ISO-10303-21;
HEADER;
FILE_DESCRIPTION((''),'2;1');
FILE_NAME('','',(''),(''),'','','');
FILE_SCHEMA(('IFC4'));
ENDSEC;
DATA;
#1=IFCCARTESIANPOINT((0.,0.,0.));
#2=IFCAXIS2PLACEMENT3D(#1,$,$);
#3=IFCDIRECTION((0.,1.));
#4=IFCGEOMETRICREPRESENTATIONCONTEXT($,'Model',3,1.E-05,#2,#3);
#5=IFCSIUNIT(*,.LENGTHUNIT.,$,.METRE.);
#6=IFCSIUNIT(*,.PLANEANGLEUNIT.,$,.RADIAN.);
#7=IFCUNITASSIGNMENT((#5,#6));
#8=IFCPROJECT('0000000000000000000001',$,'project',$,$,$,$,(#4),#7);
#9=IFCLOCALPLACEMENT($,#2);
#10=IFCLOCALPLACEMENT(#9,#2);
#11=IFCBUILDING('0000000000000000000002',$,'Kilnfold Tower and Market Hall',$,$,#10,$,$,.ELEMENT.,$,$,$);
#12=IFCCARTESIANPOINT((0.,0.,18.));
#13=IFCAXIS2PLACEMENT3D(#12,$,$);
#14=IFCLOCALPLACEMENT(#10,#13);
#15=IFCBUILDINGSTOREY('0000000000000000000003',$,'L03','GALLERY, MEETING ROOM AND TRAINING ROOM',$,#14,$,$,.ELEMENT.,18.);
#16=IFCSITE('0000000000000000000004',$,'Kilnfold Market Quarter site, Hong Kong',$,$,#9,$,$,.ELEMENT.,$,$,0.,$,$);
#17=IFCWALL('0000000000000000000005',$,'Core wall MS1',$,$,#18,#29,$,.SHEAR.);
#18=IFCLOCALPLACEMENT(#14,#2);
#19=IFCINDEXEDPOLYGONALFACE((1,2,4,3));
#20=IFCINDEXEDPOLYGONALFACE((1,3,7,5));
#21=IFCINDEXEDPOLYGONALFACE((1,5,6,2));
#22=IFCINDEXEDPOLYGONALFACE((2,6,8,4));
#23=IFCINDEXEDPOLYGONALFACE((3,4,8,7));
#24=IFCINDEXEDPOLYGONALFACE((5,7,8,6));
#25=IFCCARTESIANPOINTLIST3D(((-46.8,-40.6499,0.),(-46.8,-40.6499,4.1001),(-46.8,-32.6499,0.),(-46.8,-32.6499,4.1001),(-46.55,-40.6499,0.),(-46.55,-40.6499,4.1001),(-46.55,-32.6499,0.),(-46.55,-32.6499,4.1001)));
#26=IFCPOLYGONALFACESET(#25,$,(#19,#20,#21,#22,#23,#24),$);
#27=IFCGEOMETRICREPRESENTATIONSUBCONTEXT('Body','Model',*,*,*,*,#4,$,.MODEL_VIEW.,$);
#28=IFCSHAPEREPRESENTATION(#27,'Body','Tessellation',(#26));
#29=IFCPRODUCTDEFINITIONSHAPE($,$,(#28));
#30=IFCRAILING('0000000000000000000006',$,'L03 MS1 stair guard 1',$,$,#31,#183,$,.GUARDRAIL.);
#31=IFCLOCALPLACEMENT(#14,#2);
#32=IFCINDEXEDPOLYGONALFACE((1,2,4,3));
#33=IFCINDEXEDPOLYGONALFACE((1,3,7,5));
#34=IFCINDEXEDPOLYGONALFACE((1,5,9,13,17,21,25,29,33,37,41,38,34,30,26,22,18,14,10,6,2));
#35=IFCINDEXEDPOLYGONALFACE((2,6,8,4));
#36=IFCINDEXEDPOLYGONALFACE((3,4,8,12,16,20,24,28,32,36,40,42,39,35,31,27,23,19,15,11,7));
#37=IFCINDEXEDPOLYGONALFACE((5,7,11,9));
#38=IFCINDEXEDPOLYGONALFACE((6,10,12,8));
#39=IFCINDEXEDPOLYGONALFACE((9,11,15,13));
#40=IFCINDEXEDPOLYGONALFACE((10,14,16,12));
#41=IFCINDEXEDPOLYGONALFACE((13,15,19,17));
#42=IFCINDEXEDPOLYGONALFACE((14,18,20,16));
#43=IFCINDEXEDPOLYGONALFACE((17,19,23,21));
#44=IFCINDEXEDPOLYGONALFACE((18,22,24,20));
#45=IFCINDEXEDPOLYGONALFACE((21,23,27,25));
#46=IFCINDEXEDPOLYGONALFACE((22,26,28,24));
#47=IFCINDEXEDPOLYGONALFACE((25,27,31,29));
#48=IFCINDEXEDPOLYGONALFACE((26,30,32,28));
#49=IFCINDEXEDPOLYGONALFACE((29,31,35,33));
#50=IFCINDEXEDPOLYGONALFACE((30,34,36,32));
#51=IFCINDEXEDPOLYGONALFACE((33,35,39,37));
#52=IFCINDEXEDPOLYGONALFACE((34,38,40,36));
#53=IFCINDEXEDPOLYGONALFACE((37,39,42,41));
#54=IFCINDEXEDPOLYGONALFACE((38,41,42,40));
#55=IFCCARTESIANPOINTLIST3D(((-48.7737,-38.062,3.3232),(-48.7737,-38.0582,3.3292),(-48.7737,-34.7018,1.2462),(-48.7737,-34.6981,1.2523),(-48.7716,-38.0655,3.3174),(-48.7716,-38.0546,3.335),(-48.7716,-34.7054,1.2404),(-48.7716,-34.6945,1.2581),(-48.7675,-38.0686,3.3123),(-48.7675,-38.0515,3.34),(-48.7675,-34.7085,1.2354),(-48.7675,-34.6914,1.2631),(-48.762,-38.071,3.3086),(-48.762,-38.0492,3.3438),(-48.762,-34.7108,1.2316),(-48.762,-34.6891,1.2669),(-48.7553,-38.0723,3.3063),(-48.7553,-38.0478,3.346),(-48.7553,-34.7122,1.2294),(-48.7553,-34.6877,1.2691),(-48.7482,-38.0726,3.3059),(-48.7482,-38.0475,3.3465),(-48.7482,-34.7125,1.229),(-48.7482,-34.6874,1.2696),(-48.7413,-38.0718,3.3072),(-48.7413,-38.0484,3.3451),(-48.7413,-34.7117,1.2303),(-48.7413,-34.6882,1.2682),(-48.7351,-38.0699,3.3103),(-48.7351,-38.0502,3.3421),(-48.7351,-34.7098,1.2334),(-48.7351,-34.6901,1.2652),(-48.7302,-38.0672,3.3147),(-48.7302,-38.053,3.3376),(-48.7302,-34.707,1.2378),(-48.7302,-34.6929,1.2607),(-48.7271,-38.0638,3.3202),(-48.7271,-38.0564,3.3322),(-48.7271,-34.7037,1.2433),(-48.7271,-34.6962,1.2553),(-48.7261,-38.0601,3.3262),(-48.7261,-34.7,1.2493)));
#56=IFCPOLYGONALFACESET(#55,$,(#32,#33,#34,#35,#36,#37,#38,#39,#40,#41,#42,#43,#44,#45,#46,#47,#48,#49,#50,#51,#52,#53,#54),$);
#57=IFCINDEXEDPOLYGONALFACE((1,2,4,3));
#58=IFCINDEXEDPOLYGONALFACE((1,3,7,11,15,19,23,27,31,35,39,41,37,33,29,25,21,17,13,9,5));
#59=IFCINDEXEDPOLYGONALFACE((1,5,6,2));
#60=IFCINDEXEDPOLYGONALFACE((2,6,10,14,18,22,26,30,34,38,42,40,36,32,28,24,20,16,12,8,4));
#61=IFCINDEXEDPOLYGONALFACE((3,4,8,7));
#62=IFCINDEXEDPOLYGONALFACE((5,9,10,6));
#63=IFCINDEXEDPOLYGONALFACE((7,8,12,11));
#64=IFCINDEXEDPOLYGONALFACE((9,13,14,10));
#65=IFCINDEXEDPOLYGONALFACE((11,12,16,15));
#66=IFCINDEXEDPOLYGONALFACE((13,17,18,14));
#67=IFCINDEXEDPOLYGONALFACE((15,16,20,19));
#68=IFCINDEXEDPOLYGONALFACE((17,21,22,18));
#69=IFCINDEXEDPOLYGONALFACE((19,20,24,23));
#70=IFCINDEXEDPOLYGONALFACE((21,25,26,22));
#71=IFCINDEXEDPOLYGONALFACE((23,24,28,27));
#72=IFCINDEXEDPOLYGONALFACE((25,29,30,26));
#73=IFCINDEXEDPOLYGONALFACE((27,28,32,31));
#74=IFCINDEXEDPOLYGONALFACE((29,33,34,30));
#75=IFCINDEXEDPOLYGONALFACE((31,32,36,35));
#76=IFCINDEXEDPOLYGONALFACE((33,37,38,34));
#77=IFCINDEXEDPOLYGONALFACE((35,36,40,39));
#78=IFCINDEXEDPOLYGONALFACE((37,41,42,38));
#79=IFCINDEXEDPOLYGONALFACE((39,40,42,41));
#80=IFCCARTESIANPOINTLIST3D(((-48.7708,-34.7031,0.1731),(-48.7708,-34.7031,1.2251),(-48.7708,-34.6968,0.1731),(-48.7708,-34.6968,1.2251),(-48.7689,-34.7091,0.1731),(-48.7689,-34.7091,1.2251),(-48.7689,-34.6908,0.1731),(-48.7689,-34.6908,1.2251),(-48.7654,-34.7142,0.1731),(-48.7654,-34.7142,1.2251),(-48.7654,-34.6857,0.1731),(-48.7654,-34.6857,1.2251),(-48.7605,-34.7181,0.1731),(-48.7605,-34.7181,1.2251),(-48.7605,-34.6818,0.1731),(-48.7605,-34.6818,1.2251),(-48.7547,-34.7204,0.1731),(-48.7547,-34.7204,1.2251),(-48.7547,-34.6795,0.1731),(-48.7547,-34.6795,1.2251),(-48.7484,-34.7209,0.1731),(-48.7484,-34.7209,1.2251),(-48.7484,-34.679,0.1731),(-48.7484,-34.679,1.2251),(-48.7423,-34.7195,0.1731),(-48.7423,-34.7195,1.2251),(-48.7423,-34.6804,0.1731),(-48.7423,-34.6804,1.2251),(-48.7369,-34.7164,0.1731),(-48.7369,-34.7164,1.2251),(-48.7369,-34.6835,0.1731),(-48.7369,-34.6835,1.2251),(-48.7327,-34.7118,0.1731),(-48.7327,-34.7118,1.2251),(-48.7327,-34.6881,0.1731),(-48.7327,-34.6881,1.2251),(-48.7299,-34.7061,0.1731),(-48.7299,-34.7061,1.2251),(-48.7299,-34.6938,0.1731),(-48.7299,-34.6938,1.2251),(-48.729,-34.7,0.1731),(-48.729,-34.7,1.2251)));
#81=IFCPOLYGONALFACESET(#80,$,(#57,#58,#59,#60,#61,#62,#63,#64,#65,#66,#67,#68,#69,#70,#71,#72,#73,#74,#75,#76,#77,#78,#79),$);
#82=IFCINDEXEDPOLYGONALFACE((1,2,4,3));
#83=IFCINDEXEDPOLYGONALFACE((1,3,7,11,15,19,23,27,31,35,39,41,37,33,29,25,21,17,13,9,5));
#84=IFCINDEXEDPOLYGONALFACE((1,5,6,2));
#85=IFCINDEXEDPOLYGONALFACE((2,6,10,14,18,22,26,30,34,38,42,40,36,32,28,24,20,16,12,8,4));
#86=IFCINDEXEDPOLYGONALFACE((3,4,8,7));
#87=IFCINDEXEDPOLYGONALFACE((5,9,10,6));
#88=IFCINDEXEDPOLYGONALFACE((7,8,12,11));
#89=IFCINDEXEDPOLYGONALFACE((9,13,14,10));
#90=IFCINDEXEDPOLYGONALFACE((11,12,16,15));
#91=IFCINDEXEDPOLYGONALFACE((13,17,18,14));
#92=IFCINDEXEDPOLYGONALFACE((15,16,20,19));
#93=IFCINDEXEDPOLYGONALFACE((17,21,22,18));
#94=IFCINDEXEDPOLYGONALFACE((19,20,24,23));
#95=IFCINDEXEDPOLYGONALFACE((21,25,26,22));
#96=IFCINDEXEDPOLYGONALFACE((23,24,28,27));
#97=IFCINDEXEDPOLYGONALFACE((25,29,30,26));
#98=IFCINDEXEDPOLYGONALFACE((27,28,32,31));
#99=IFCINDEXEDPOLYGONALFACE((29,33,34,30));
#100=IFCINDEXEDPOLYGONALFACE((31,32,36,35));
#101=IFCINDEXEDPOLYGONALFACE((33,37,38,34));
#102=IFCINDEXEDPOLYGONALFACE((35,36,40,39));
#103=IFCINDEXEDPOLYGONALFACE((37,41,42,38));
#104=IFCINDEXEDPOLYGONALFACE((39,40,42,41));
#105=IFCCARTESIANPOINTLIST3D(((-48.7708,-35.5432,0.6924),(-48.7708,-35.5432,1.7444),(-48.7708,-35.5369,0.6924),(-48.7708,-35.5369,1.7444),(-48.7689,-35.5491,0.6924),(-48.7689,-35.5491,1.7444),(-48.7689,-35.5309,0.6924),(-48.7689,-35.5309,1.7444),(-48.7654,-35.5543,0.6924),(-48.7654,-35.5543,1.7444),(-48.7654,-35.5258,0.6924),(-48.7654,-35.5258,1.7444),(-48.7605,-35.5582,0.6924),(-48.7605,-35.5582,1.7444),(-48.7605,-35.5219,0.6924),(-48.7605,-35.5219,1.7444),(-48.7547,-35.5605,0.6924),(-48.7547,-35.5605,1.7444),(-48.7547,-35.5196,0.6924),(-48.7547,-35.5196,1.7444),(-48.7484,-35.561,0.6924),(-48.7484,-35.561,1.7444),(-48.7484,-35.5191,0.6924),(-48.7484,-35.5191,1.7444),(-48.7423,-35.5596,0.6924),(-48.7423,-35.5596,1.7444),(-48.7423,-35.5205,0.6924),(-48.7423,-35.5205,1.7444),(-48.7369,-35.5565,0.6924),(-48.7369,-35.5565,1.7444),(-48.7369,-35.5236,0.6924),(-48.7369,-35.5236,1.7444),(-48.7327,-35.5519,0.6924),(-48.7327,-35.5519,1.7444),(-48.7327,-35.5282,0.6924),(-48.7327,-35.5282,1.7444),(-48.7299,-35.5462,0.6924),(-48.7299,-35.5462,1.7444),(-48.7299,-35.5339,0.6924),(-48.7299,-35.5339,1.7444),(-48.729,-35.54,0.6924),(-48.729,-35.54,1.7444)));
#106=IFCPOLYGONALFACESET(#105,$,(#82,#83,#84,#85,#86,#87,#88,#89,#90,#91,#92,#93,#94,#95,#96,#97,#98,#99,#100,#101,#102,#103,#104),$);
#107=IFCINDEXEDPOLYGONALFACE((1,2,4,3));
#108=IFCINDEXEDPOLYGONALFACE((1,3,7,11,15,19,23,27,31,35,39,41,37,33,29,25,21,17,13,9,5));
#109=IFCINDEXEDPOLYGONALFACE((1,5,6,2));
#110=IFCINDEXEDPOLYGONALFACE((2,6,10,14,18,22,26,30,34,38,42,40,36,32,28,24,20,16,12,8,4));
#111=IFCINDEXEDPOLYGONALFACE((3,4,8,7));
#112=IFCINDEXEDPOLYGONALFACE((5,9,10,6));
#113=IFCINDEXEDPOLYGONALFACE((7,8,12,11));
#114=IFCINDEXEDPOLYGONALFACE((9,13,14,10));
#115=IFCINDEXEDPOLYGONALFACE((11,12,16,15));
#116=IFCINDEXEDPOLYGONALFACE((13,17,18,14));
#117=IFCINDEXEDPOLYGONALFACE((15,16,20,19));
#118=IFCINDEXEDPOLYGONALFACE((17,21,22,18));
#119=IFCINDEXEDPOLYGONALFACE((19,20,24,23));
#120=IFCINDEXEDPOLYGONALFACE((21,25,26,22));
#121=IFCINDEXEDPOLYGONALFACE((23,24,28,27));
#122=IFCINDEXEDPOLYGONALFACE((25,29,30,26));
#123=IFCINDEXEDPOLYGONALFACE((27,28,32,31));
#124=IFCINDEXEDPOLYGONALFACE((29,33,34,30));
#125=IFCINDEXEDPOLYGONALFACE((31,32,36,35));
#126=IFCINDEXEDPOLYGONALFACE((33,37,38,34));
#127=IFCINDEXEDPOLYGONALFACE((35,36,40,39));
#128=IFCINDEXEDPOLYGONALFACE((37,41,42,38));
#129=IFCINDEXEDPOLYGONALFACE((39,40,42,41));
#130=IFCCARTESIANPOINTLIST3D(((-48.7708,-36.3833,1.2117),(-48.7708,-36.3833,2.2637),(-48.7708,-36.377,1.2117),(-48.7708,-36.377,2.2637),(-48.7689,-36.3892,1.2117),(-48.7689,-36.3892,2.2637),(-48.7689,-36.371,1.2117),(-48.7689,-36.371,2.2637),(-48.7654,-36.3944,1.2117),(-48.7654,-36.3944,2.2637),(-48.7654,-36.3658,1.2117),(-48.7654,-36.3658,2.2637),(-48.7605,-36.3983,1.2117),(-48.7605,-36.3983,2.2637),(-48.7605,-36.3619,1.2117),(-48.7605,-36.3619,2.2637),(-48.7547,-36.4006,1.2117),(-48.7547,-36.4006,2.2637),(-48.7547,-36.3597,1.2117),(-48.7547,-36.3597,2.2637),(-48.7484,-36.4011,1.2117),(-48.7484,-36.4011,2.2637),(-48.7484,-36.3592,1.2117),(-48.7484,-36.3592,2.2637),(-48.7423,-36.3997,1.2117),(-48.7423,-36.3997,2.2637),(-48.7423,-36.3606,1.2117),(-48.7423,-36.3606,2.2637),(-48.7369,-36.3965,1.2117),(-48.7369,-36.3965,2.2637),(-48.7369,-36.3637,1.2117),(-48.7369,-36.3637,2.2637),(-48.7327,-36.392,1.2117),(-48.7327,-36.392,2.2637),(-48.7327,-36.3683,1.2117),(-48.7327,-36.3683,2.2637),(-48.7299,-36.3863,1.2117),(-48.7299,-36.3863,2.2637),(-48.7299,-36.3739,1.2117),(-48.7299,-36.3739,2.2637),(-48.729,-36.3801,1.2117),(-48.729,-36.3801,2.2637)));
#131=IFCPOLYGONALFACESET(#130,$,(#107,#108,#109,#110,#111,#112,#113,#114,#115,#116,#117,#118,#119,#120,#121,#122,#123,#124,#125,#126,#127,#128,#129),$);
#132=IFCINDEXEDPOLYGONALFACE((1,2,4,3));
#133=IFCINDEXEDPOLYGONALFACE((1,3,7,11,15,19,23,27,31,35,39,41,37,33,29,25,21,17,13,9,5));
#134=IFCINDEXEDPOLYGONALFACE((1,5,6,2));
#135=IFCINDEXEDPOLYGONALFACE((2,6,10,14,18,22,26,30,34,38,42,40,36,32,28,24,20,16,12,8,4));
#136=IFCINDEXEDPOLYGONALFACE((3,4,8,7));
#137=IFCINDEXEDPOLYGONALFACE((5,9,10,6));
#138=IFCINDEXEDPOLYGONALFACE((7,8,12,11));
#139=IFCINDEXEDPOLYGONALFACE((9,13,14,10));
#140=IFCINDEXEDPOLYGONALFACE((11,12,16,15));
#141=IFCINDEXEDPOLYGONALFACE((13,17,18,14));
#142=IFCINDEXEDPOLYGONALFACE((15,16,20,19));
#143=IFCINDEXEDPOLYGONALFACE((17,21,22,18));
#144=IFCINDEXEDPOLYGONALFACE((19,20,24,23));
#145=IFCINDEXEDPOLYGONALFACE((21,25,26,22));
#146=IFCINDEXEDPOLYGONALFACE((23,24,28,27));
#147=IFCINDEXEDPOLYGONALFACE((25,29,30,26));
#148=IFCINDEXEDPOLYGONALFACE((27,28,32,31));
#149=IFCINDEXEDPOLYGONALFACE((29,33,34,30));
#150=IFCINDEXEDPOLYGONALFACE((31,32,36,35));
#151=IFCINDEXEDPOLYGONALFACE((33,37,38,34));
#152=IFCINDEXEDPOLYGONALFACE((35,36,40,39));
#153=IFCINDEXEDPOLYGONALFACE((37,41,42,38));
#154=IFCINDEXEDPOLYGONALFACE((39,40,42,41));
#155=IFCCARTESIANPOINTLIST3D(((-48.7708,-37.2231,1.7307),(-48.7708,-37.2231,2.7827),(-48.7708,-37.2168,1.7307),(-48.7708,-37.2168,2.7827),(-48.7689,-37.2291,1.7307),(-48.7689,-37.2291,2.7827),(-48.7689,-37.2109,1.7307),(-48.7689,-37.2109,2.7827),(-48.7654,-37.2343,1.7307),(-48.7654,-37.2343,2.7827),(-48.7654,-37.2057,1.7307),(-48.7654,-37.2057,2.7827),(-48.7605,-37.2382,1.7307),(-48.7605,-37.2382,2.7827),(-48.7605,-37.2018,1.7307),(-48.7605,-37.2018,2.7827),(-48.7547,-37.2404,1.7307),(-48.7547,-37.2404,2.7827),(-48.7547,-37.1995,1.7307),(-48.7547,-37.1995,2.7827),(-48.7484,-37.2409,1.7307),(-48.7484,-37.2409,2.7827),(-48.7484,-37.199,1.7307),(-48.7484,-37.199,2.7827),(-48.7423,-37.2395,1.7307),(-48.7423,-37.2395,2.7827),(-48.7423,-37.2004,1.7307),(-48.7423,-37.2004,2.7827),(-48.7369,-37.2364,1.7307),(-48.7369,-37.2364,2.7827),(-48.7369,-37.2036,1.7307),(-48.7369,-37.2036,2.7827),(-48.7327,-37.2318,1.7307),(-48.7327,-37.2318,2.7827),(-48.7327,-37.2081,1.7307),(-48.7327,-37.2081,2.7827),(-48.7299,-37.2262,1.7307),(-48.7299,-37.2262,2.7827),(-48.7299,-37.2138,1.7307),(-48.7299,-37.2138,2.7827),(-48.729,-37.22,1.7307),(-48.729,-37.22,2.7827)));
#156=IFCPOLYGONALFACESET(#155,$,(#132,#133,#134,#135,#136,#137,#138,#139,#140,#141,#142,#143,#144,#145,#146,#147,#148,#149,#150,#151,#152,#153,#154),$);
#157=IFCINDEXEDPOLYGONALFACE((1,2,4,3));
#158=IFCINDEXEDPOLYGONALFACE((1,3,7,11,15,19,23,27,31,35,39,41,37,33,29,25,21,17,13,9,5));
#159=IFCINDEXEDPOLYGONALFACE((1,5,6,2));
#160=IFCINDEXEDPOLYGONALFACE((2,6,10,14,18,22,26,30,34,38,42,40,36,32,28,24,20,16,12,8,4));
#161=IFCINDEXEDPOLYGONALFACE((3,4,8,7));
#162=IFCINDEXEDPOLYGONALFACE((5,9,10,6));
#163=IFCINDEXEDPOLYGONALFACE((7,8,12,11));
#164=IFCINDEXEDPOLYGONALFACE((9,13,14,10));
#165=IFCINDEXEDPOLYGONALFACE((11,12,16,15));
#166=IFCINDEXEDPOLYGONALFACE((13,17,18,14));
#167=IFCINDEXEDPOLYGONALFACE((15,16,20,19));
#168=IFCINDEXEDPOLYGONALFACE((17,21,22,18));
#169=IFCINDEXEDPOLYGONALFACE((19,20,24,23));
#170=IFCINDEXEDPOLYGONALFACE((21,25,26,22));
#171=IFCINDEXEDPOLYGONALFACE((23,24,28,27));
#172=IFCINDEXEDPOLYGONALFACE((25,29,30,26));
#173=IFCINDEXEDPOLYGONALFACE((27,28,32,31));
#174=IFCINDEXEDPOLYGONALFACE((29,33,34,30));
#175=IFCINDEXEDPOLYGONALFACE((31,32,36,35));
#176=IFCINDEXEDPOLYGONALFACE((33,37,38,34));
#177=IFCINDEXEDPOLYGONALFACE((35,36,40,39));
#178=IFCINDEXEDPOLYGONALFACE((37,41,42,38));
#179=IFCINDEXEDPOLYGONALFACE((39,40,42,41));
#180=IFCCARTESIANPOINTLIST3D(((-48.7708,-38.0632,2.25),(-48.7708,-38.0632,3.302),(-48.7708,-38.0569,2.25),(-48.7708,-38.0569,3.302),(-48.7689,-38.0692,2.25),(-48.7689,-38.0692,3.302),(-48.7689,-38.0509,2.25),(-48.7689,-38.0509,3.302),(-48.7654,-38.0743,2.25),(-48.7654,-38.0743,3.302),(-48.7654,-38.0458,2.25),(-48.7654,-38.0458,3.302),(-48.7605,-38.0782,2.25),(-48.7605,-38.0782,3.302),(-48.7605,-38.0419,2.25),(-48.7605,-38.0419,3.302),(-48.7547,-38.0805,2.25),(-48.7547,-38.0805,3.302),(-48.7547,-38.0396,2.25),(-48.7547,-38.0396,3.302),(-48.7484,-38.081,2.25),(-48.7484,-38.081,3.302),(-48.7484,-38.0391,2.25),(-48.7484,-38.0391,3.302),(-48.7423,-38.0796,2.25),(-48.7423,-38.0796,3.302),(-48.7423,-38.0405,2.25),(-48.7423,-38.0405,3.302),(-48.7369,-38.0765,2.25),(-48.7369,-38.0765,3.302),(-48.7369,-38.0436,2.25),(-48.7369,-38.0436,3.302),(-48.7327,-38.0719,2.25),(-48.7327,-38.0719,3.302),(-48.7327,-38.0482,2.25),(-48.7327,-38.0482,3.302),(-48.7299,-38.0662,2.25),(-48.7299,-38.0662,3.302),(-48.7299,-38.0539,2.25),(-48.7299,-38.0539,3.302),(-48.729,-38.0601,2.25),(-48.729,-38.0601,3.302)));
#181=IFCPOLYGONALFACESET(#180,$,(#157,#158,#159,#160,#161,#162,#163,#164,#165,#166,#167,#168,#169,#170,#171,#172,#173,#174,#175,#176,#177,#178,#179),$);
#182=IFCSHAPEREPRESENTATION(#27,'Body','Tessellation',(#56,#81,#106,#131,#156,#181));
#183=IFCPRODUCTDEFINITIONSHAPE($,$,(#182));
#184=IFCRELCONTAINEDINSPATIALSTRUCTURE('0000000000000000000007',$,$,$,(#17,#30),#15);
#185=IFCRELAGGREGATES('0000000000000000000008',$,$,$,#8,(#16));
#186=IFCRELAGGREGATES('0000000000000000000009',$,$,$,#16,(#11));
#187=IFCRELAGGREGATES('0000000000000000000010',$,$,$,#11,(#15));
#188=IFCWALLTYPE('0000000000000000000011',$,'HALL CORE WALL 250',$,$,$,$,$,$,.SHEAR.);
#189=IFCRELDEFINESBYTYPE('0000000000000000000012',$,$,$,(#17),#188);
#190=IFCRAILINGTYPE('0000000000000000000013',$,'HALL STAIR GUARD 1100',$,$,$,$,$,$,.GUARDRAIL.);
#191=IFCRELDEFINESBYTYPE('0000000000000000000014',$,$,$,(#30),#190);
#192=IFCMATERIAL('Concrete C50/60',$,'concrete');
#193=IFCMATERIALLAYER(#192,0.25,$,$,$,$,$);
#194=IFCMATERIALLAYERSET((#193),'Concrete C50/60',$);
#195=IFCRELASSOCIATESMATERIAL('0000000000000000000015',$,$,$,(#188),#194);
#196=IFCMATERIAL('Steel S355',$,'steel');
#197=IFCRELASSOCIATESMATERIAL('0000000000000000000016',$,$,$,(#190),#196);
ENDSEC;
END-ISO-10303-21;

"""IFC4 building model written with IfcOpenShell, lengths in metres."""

from ifc_helpers import new_model, si_unit, direction, frame, frame_2d, origin, origin_2d, place, context, subcontext, project, spatial, rectangle, circle, extrude, source, transform, mapped, material, layer, layer_set, type_object, element, save


model = new_model("IFC4")

# Units and contexts
model_context = context("Model", 3, precision=1e-05, world=origin(), true_north=direction((0.0, 1.0)))
body_context = subcontext(model_context, "Body", "Model", "MODEL_VIEW")
ifc_project = project(units=[si_unit("LENGTHUNIT", "METRE"), si_unit("PLANEANGLEUNIT", "RADIAN")], contexts=[model_context])

# Site, building, storey
site_placement = place(None, origin())
site = spatial("IfcSite", under=ifc_project, at=site_placement, Name="Kilnfold Market Quarter site, Hong Kong", CompositionType="ELEMENT", RefElevation=0.0)
building_placement = place(site_placement, origin())
building = spatial("IfcBuilding", under=site, at=building_placement, Name="Kilnfold Tower and Market Hall", CompositionType="ELEMENT")
storey_placement = place(building_placement, frame((0.0, 0.0, 18.0)))
storey = spatial("IfcBuildingStorey", under=building, at=storey_placement, Name="L03", Description="GALLERY, MEETING ROOM AND TRAINING ROOM", CompositionType="ELEMENT", Elevation=18.0)

# Shared definitions
ifc_material_1 = material(Name="Concrete C50/60", Category="concrete")
ifc_layer_1 = layer(ifc_material_1, 0.25)
ifc_layer_set_1 = layer_set([ifc_layer_1], Name="Concrete C50/60")
wall_type_1 = type_object("IfcWallType", Name="HALL CORE WALL 250", PredefinedType="SHEAR", material=ifc_layer_set_1)

# Wall
shared_shape_1 = source(origin(), body_context, "Body", "SweptSolid", [
    extrude(rectangle(XDim=8.0, YDim=0.25, at=frame_2d((4.0, 0.0))), origin(), (0.0, 0.0, 1.0), 4.1001),
])
for number, where, z_axis, x_axis, name in (
    (1, (-46.675, -40.6499, 0.0), (0.0, 0.0, 1.0), (0.0, 1.0, 0.0), "Core wall MS1"),
):
    element("IfcWall", number, at=place(storey_placement, frame(where, z_axis=z_axis, x_axis=x_axis)), inside=storey, type_object=wall_type_1, Name=name, PredefinedType="SHEAR", context=body_context, shape_type="MappedRepresentation", body=[
        mapped(shared_shape_1, transform((0.0, 0.0, 0.0))),
    ])

# Railing
ifc_material_2 = material(Name="Steel S355", Category="steel")
railing_type_1 = type_object("IfcRailingType", Name="HALL STAIR GUARD 1100", PredefinedType="GUARDRAIL", material=ifc_material_2)
railing_1_placement = place(storey_placement, frame((-48.75, -34.7, 0.1731)))
element("IfcRailing", 2, at=railing_1_placement, inside=storey, type_object=railing_type_1, Name="L03 MS1 stair guard 1", PredefinedType="GUARDRAIL", context=body_context, shape_type="SweptSolid", body=[
    extrude(circle(Radius=0.0239, at=origin_2d()), frame((0.0, 0.0, 1.0762), z_axis=(0.0, -0.850623, 0.525776), x_axis=(1.0, 0.0, 0.0)), (0.0, 0.0, 1.0), 3.9502),
    extrude(circle(Radius=0.021, at=origin_2d()), origin(), (0.0, 0.0, 1.0), 1.052),
    extrude(circle(Radius=0.021, at=origin_2d()), frame((0.0, -0.8401, 0.5193)), (0.0, 0.0, 1.0), 1.052),
    extrude(circle(Radius=0.021, at=origin_2d()), frame((0.0, -1.6802, 1.0386)), (0.0, 0.0, 1.0), 1.052),
    extrude(circle(Radius=0.021, at=origin_2d()), frame((0.0, -2.52, 1.5576)), (0.0, 0.0, 1.0), 1.052),
    extrude(circle(Radius=0.021, at=origin_2d()), frame((0.0, -3.3601, 2.0769)), (0.0, 0.0, 1.0), 1.052),
])

save(model, "model.ifc")
